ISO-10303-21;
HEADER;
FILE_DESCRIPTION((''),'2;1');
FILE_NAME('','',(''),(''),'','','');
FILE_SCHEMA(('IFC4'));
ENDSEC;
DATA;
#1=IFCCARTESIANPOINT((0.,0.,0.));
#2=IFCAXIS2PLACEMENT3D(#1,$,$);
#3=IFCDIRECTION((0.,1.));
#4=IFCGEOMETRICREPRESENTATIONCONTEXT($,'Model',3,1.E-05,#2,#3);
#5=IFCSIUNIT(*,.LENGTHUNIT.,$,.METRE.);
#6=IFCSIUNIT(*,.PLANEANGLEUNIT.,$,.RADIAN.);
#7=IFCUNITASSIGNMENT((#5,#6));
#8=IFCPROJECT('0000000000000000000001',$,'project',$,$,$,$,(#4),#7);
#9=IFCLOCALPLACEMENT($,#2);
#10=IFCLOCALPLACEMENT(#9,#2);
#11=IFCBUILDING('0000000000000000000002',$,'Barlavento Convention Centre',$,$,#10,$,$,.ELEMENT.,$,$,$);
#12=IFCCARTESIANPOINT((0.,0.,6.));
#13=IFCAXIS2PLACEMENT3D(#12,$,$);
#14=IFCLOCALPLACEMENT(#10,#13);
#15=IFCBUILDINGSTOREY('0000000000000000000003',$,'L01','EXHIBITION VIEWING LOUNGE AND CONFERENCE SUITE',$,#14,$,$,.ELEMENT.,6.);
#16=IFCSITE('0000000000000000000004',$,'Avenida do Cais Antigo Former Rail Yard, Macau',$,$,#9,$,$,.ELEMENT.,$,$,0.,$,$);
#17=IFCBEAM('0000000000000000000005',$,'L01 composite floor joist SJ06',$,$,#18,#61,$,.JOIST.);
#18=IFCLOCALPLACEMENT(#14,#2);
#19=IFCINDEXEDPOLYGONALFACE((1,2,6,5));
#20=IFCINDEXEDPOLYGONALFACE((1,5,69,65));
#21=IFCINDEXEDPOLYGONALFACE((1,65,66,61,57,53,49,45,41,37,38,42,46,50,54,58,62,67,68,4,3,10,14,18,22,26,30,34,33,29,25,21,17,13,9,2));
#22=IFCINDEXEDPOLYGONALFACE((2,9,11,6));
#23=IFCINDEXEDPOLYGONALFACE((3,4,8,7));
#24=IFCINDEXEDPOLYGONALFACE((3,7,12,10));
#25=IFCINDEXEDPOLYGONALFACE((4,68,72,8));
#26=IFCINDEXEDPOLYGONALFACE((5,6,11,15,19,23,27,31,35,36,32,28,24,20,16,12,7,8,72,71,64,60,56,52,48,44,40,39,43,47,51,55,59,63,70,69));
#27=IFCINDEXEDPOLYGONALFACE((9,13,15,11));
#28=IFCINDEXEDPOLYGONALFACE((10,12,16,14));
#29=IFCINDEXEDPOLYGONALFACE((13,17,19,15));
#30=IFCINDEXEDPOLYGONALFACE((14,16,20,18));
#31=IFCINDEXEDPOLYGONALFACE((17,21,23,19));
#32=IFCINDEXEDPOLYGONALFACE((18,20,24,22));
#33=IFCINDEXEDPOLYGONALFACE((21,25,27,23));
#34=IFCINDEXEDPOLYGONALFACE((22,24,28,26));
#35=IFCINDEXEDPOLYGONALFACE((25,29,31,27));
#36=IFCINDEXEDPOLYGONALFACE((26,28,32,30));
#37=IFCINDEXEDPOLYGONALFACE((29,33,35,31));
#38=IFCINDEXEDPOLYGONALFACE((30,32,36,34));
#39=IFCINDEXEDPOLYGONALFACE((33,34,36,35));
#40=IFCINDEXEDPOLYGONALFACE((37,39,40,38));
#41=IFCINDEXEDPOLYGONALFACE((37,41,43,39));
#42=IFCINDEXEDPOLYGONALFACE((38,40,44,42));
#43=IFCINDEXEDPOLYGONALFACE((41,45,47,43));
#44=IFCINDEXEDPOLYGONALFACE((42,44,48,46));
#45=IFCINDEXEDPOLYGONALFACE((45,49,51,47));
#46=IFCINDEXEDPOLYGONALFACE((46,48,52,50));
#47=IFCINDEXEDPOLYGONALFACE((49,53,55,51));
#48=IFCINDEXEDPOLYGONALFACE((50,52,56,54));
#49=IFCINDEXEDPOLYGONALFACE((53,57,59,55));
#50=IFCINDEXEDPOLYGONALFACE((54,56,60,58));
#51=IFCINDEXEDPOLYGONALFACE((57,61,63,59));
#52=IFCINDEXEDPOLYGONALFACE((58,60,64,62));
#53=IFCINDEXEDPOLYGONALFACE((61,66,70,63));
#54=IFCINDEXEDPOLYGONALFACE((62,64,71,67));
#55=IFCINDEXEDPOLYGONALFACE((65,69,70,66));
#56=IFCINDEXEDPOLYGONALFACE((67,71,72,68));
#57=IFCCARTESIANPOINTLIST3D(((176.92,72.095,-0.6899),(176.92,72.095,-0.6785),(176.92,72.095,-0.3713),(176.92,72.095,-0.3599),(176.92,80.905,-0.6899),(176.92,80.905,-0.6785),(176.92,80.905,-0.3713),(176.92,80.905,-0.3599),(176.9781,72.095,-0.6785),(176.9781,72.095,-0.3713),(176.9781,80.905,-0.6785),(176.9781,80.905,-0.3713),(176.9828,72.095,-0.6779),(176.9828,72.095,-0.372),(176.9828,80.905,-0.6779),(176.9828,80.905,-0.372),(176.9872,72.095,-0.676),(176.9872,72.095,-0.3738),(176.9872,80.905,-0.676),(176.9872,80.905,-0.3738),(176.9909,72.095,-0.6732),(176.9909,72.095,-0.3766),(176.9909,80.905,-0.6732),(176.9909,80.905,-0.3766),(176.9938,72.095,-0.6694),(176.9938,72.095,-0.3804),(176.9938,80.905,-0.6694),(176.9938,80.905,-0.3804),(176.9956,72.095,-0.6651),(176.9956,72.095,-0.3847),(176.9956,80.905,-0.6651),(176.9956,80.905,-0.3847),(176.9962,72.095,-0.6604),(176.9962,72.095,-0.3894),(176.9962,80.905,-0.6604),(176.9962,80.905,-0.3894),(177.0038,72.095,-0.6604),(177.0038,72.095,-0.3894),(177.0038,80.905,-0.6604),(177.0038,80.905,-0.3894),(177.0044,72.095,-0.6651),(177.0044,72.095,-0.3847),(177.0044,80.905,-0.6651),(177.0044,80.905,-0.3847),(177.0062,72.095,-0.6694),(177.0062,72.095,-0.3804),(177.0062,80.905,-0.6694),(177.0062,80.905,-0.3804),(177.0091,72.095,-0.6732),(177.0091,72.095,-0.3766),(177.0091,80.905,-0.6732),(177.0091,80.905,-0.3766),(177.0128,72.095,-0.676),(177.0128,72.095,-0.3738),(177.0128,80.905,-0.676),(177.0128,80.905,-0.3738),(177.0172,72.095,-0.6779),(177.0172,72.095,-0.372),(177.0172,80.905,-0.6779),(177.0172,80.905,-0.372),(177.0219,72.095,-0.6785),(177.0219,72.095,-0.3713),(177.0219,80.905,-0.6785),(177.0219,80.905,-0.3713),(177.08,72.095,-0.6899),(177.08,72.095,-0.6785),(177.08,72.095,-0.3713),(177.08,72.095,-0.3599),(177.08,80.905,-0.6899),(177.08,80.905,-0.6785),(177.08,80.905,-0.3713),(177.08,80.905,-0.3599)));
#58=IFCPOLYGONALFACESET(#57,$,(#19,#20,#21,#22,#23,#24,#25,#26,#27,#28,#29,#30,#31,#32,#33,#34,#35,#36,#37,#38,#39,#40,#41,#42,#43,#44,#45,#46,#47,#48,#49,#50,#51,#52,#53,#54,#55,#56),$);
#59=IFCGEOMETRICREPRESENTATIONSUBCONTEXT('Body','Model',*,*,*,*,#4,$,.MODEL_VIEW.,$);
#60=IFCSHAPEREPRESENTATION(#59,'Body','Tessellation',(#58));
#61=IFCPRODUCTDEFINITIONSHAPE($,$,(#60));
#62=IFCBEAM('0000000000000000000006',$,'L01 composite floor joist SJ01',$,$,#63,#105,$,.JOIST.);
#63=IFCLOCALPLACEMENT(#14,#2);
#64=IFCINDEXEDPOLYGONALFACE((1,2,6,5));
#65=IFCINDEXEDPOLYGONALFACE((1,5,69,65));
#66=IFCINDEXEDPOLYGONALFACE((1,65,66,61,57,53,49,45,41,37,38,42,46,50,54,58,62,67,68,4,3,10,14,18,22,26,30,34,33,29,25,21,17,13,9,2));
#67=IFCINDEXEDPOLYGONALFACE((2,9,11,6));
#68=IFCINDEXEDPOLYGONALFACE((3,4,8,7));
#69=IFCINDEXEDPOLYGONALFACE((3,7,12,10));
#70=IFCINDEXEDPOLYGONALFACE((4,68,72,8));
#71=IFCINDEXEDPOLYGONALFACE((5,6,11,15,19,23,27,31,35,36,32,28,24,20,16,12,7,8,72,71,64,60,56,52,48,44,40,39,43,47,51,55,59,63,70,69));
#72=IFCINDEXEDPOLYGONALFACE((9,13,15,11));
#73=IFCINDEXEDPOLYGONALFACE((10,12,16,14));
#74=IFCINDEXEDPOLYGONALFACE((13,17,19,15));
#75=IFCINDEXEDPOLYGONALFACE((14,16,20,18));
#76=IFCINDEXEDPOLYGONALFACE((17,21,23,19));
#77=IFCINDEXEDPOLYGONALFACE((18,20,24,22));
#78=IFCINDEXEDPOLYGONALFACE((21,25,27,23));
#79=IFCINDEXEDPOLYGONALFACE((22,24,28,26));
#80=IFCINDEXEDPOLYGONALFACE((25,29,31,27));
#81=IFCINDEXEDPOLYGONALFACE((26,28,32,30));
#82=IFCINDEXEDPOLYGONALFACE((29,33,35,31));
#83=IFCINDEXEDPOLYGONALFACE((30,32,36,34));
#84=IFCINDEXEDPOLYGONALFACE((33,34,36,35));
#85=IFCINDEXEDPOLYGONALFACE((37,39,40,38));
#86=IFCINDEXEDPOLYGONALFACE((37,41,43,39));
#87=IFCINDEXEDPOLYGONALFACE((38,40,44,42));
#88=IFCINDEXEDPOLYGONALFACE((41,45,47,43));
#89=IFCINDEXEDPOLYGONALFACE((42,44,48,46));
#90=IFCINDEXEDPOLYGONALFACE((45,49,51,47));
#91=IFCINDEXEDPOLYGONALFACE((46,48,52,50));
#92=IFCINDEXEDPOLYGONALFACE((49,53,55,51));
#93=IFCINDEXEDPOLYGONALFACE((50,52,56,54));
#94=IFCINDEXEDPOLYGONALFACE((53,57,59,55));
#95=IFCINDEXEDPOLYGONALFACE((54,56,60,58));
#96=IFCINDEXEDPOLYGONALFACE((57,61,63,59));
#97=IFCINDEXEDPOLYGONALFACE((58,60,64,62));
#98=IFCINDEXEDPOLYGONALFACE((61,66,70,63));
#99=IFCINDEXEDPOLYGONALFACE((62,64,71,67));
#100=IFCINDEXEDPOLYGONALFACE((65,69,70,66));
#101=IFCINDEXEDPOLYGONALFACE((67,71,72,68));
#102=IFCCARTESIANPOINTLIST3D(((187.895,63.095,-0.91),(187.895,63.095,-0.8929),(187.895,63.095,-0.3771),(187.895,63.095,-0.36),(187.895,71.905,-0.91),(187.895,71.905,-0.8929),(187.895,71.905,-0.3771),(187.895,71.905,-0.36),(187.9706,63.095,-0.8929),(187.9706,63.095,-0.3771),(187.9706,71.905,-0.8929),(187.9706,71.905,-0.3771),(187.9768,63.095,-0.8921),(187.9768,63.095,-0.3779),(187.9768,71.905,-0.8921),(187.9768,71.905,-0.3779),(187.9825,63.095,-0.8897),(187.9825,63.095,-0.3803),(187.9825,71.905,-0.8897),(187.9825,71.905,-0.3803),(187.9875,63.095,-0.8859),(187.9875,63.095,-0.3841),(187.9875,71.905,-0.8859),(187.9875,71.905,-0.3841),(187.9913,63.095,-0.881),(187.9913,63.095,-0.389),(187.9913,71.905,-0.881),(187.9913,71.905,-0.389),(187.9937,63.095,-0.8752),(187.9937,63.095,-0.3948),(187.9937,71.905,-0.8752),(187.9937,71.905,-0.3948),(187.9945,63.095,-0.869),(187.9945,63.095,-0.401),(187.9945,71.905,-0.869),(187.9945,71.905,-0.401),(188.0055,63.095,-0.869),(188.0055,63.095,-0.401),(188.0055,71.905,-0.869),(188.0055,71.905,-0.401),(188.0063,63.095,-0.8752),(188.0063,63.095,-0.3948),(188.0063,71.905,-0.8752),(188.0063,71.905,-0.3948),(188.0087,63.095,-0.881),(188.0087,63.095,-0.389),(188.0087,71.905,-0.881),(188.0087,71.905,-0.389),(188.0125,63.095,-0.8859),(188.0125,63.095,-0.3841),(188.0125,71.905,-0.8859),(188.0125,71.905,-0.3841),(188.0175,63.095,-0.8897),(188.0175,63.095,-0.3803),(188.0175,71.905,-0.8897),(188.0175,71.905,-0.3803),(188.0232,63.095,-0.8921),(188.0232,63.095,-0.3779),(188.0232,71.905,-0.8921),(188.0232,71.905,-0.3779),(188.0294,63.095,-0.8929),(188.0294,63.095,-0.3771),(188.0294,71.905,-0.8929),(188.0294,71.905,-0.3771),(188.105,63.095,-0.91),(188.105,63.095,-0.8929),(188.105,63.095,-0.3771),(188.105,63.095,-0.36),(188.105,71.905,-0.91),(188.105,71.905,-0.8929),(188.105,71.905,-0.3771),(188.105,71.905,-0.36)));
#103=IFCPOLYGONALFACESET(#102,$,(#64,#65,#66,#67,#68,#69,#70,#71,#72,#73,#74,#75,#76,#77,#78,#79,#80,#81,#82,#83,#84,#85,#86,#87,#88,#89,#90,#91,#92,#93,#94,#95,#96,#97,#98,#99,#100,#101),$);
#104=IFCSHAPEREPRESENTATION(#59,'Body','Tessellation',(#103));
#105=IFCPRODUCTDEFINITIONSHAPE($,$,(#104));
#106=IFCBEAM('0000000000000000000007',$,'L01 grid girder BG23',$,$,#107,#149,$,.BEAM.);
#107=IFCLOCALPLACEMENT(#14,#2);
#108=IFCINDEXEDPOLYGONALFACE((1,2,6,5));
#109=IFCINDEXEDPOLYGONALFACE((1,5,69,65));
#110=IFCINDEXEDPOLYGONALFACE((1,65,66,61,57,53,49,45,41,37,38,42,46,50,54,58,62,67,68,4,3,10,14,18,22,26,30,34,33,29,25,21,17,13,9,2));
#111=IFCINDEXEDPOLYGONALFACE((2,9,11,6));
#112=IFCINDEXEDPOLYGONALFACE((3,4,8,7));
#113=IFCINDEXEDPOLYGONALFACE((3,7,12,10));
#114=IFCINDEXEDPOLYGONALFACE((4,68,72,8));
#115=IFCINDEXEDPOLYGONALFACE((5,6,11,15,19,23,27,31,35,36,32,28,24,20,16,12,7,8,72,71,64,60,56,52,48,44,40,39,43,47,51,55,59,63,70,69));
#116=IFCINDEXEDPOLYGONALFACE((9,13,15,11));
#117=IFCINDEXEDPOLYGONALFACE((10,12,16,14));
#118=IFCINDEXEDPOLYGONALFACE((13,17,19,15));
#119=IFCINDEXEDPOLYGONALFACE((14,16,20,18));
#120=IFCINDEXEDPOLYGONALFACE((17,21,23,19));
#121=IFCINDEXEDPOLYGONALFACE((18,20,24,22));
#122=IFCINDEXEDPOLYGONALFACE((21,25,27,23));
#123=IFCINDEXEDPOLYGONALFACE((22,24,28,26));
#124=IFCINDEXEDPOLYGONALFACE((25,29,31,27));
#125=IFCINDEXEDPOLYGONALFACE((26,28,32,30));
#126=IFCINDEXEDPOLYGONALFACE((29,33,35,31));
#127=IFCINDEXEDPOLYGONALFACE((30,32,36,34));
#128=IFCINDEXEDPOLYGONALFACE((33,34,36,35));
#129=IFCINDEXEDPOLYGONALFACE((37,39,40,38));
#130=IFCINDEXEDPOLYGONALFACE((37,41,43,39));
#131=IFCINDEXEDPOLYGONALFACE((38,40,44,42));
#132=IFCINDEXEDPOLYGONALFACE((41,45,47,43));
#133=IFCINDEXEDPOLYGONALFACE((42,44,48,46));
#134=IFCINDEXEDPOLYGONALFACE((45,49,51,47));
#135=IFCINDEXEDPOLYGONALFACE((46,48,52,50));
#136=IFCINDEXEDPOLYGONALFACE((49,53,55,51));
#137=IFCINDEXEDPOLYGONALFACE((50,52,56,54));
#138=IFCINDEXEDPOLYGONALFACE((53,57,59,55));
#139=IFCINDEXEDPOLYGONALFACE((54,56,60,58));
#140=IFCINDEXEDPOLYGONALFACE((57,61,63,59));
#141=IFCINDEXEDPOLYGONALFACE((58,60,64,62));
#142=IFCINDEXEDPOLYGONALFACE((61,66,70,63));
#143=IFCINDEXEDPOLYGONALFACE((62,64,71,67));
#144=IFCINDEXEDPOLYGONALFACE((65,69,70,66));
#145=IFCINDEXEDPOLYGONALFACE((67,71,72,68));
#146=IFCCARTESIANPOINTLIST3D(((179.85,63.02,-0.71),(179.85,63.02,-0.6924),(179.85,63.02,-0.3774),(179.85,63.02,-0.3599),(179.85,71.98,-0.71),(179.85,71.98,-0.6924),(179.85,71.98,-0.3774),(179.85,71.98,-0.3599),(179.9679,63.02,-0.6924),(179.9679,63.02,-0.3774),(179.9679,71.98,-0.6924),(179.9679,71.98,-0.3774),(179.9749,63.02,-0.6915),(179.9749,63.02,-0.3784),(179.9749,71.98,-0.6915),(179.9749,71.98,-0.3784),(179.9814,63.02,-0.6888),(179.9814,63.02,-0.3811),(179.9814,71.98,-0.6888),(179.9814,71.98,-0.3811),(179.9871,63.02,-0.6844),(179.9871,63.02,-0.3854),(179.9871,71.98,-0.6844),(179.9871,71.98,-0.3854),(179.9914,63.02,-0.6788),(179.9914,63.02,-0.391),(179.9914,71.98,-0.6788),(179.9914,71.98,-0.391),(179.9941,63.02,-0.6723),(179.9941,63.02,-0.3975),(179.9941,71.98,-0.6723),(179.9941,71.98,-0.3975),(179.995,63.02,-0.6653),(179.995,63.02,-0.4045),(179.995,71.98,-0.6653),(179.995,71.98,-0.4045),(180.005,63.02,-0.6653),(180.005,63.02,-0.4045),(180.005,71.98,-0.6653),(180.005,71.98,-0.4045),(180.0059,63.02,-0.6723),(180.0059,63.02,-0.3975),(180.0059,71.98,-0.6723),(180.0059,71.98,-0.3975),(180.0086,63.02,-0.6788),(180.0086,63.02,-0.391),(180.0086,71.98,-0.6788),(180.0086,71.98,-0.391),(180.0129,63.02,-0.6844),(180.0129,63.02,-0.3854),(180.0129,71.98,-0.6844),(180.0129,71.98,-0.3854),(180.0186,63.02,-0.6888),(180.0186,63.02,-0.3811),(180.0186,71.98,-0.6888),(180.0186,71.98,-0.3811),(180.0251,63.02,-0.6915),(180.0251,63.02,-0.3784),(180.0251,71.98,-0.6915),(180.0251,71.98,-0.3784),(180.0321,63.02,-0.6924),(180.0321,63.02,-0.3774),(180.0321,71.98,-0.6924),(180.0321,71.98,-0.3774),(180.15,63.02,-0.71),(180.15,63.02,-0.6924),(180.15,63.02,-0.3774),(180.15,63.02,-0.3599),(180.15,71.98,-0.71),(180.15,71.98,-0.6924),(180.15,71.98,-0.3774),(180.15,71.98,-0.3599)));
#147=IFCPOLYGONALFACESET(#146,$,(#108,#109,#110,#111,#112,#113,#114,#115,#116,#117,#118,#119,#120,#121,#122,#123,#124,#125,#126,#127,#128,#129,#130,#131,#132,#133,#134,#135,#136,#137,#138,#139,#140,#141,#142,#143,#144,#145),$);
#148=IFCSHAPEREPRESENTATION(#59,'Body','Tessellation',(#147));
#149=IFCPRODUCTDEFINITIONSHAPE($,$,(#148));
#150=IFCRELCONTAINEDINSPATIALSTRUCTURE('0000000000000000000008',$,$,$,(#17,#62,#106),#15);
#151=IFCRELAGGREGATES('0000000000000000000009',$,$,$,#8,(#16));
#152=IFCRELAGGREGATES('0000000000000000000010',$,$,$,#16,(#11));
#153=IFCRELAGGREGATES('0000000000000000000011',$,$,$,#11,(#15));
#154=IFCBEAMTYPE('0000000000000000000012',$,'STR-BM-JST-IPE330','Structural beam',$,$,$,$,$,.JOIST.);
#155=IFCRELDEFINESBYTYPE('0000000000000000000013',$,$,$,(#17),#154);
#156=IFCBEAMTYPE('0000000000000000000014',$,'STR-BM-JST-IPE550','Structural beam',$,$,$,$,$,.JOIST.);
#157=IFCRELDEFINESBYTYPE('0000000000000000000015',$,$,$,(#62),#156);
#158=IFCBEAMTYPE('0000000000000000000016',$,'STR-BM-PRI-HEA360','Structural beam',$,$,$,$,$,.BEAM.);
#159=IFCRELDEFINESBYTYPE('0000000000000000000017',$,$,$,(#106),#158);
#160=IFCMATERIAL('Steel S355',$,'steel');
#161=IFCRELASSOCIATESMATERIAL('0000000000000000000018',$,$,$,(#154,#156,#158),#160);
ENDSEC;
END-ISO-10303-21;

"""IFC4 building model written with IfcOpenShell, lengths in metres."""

from ifc_helpers import new_model, si_unit, direction, frame, origin, origin_2d, place, context, subcontext, project, spatial, i_section, extrude, material, material_profile, profile_set, type_object, element, save


model = new_model("IFC4")

# Units and contexts
model_context = context("Model", 3, precision=1e-05, world=origin(), true_north=direction((0.0, 1.0)))
body_context = subcontext(model_context, "Body", "Model", "MODEL_VIEW")
ifc_project = project(units=[si_unit("LENGTHUNIT", "METRE"), si_unit("PLANEANGLEUNIT", "RADIAN")], contexts=[model_context])

# Site, building, storey
site_placement = place(None, origin())
site = spatial("IfcSite", under=ifc_project, at=site_placement, Name="Avenida do Cais Antigo Former Rail Yard, Macau", CompositionType="ELEMENT", RefElevation=0.0)
building_placement = place(site_placement, origin())
building = spatial("IfcBuilding", under=site, at=building_placement, Name="Barlavento Convention Centre", CompositionType="ELEMENT")
storey_placement = place(building_placement, frame((0.0, 0.0, 6.0)))
storey = spatial("IfcBuildingStorey", under=building, at=storey_placement, Name="L01", Description="EXHIBITION VIEWING LOUNGE AND CONFERENCE SUITE", CompositionType="ELEMENT", Elevation=6.0)

# Shared definitions
ifc_material_1 = material(Name="Steel S355", Category="steel")

# Beams
ifc_material_profile_1 = material_profile(ifc_material_1, i_section(OverallWidth=0.1599, OverallDepth=0.3301, WebThickness=0.0076, FlangeThickness=0.0115, FilletRadius=0.0181, at=origin_2d()), Name="IPE 330")
ifc_profile_set_1 = profile_set([ifc_material_profile_1], Name="Steel S355")
beam_type_1 = type_object("IfcBeamType", Name="STR-BM-JST-IPE330", Description="Structural beam", PredefinedType="JOIST", material=ifc_profile_set_1)
beam_1_placement = place(storey_placement, frame((177.0, 72.095, -0.5249), z_axis=(0.0, 1.0, 0.0), x_axis=(-1.0, 0.0, 0.0)))
element("IfcBeam", 1, at=beam_1_placement, inside=storey, type_object=beam_type_1, Name="L01 composite floor joist SJ06", PredefinedType="JOIST", context=body_context, shape_type="SweptSolid", body=[
    extrude(i_section(OverallWidth=0.1599, OverallDepth=0.3301, WebThickness=0.0076, FlangeThickness=0.0115, FilletRadius=0.0181, at=origin_2d()), origin(), (0.0, 0.0, 1.0), 8.8101),
])
ifc_material_profile_2 = material_profile(ifc_material_1, i_section(OverallWidth=0.21, OverallDepth=0.55, WebThickness=0.011, FlangeThickness=0.0171, FilletRadius=0.0239, at=origin_2d()), Name="IPE 550")
ifc_profile_set_2 = profile_set([ifc_material_profile_2], Name="Steel S355")
beam_type_2 = type_object("IfcBeamType", Name="STR-BM-JST-IPE550", Description="Structural beam", PredefinedType="JOIST", material=ifc_profile_set_2)
beam_2_placement = place(storey_placement, frame((188.0, 63.095, -0.635), z_axis=(0.0, 1.0, 0.0), x_axis=(-1.0, 0.0, 0.0)))
element("IfcBeam", 2, at=beam_2_placement, inside=storey, type_object=beam_type_2, Name="L01 composite floor joist SJ01", PredefinedType="JOIST", context=body_context, shape_type="SweptSolid", body=[
    extrude(i_section(OverallWidth=0.21, OverallDepth=0.55, WebThickness=0.011, FlangeThickness=0.0171, FilletRadius=0.0239, at=origin_2d()), origin(), (0.0, 0.0, 1.0), 8.8101),
])
ifc_material_profile_3 = material_profile(ifc_material_1, i_section(OverallWidth=0.3, OverallDepth=0.3501, WebThickness=0.01, FlangeThickness=0.0176, FilletRadius=0.0271, at=origin_2d()), Name="HEA 360")
ifc_profile_set_3 = profile_set([ifc_material_profile_3], Name="Steel S355")
beam_type_3 = type_object("IfcBeamType", Name="STR-BM-PRI-HEA360", Description="Structural beam", PredefinedType="BEAM", material=ifc_profile_set_3)
beam_3_placement = place(storey_placement, frame((180.0, 63.02, -0.5349), z_axis=(0.0, 1.0, 0.0), x_axis=(-1.0, 0.0, 0.0)))
element("IfcBeam", 3, at=beam_3_placement, inside=storey, type_object=beam_type_3, Name="L01 grid girder BG23", PredefinedType="BEAM", context=body_context, shape_type="SweptSolid", body=[
    extrude(i_section(OverallWidth=0.3, OverallDepth=0.3501, WebThickness=0.01, FlangeThickness=0.0176, FilletRadius=0.0271, at=origin_2d()), origin(), (0.0, 0.0, 1.0), 8.96),
])

save(model, "model.ifc")
